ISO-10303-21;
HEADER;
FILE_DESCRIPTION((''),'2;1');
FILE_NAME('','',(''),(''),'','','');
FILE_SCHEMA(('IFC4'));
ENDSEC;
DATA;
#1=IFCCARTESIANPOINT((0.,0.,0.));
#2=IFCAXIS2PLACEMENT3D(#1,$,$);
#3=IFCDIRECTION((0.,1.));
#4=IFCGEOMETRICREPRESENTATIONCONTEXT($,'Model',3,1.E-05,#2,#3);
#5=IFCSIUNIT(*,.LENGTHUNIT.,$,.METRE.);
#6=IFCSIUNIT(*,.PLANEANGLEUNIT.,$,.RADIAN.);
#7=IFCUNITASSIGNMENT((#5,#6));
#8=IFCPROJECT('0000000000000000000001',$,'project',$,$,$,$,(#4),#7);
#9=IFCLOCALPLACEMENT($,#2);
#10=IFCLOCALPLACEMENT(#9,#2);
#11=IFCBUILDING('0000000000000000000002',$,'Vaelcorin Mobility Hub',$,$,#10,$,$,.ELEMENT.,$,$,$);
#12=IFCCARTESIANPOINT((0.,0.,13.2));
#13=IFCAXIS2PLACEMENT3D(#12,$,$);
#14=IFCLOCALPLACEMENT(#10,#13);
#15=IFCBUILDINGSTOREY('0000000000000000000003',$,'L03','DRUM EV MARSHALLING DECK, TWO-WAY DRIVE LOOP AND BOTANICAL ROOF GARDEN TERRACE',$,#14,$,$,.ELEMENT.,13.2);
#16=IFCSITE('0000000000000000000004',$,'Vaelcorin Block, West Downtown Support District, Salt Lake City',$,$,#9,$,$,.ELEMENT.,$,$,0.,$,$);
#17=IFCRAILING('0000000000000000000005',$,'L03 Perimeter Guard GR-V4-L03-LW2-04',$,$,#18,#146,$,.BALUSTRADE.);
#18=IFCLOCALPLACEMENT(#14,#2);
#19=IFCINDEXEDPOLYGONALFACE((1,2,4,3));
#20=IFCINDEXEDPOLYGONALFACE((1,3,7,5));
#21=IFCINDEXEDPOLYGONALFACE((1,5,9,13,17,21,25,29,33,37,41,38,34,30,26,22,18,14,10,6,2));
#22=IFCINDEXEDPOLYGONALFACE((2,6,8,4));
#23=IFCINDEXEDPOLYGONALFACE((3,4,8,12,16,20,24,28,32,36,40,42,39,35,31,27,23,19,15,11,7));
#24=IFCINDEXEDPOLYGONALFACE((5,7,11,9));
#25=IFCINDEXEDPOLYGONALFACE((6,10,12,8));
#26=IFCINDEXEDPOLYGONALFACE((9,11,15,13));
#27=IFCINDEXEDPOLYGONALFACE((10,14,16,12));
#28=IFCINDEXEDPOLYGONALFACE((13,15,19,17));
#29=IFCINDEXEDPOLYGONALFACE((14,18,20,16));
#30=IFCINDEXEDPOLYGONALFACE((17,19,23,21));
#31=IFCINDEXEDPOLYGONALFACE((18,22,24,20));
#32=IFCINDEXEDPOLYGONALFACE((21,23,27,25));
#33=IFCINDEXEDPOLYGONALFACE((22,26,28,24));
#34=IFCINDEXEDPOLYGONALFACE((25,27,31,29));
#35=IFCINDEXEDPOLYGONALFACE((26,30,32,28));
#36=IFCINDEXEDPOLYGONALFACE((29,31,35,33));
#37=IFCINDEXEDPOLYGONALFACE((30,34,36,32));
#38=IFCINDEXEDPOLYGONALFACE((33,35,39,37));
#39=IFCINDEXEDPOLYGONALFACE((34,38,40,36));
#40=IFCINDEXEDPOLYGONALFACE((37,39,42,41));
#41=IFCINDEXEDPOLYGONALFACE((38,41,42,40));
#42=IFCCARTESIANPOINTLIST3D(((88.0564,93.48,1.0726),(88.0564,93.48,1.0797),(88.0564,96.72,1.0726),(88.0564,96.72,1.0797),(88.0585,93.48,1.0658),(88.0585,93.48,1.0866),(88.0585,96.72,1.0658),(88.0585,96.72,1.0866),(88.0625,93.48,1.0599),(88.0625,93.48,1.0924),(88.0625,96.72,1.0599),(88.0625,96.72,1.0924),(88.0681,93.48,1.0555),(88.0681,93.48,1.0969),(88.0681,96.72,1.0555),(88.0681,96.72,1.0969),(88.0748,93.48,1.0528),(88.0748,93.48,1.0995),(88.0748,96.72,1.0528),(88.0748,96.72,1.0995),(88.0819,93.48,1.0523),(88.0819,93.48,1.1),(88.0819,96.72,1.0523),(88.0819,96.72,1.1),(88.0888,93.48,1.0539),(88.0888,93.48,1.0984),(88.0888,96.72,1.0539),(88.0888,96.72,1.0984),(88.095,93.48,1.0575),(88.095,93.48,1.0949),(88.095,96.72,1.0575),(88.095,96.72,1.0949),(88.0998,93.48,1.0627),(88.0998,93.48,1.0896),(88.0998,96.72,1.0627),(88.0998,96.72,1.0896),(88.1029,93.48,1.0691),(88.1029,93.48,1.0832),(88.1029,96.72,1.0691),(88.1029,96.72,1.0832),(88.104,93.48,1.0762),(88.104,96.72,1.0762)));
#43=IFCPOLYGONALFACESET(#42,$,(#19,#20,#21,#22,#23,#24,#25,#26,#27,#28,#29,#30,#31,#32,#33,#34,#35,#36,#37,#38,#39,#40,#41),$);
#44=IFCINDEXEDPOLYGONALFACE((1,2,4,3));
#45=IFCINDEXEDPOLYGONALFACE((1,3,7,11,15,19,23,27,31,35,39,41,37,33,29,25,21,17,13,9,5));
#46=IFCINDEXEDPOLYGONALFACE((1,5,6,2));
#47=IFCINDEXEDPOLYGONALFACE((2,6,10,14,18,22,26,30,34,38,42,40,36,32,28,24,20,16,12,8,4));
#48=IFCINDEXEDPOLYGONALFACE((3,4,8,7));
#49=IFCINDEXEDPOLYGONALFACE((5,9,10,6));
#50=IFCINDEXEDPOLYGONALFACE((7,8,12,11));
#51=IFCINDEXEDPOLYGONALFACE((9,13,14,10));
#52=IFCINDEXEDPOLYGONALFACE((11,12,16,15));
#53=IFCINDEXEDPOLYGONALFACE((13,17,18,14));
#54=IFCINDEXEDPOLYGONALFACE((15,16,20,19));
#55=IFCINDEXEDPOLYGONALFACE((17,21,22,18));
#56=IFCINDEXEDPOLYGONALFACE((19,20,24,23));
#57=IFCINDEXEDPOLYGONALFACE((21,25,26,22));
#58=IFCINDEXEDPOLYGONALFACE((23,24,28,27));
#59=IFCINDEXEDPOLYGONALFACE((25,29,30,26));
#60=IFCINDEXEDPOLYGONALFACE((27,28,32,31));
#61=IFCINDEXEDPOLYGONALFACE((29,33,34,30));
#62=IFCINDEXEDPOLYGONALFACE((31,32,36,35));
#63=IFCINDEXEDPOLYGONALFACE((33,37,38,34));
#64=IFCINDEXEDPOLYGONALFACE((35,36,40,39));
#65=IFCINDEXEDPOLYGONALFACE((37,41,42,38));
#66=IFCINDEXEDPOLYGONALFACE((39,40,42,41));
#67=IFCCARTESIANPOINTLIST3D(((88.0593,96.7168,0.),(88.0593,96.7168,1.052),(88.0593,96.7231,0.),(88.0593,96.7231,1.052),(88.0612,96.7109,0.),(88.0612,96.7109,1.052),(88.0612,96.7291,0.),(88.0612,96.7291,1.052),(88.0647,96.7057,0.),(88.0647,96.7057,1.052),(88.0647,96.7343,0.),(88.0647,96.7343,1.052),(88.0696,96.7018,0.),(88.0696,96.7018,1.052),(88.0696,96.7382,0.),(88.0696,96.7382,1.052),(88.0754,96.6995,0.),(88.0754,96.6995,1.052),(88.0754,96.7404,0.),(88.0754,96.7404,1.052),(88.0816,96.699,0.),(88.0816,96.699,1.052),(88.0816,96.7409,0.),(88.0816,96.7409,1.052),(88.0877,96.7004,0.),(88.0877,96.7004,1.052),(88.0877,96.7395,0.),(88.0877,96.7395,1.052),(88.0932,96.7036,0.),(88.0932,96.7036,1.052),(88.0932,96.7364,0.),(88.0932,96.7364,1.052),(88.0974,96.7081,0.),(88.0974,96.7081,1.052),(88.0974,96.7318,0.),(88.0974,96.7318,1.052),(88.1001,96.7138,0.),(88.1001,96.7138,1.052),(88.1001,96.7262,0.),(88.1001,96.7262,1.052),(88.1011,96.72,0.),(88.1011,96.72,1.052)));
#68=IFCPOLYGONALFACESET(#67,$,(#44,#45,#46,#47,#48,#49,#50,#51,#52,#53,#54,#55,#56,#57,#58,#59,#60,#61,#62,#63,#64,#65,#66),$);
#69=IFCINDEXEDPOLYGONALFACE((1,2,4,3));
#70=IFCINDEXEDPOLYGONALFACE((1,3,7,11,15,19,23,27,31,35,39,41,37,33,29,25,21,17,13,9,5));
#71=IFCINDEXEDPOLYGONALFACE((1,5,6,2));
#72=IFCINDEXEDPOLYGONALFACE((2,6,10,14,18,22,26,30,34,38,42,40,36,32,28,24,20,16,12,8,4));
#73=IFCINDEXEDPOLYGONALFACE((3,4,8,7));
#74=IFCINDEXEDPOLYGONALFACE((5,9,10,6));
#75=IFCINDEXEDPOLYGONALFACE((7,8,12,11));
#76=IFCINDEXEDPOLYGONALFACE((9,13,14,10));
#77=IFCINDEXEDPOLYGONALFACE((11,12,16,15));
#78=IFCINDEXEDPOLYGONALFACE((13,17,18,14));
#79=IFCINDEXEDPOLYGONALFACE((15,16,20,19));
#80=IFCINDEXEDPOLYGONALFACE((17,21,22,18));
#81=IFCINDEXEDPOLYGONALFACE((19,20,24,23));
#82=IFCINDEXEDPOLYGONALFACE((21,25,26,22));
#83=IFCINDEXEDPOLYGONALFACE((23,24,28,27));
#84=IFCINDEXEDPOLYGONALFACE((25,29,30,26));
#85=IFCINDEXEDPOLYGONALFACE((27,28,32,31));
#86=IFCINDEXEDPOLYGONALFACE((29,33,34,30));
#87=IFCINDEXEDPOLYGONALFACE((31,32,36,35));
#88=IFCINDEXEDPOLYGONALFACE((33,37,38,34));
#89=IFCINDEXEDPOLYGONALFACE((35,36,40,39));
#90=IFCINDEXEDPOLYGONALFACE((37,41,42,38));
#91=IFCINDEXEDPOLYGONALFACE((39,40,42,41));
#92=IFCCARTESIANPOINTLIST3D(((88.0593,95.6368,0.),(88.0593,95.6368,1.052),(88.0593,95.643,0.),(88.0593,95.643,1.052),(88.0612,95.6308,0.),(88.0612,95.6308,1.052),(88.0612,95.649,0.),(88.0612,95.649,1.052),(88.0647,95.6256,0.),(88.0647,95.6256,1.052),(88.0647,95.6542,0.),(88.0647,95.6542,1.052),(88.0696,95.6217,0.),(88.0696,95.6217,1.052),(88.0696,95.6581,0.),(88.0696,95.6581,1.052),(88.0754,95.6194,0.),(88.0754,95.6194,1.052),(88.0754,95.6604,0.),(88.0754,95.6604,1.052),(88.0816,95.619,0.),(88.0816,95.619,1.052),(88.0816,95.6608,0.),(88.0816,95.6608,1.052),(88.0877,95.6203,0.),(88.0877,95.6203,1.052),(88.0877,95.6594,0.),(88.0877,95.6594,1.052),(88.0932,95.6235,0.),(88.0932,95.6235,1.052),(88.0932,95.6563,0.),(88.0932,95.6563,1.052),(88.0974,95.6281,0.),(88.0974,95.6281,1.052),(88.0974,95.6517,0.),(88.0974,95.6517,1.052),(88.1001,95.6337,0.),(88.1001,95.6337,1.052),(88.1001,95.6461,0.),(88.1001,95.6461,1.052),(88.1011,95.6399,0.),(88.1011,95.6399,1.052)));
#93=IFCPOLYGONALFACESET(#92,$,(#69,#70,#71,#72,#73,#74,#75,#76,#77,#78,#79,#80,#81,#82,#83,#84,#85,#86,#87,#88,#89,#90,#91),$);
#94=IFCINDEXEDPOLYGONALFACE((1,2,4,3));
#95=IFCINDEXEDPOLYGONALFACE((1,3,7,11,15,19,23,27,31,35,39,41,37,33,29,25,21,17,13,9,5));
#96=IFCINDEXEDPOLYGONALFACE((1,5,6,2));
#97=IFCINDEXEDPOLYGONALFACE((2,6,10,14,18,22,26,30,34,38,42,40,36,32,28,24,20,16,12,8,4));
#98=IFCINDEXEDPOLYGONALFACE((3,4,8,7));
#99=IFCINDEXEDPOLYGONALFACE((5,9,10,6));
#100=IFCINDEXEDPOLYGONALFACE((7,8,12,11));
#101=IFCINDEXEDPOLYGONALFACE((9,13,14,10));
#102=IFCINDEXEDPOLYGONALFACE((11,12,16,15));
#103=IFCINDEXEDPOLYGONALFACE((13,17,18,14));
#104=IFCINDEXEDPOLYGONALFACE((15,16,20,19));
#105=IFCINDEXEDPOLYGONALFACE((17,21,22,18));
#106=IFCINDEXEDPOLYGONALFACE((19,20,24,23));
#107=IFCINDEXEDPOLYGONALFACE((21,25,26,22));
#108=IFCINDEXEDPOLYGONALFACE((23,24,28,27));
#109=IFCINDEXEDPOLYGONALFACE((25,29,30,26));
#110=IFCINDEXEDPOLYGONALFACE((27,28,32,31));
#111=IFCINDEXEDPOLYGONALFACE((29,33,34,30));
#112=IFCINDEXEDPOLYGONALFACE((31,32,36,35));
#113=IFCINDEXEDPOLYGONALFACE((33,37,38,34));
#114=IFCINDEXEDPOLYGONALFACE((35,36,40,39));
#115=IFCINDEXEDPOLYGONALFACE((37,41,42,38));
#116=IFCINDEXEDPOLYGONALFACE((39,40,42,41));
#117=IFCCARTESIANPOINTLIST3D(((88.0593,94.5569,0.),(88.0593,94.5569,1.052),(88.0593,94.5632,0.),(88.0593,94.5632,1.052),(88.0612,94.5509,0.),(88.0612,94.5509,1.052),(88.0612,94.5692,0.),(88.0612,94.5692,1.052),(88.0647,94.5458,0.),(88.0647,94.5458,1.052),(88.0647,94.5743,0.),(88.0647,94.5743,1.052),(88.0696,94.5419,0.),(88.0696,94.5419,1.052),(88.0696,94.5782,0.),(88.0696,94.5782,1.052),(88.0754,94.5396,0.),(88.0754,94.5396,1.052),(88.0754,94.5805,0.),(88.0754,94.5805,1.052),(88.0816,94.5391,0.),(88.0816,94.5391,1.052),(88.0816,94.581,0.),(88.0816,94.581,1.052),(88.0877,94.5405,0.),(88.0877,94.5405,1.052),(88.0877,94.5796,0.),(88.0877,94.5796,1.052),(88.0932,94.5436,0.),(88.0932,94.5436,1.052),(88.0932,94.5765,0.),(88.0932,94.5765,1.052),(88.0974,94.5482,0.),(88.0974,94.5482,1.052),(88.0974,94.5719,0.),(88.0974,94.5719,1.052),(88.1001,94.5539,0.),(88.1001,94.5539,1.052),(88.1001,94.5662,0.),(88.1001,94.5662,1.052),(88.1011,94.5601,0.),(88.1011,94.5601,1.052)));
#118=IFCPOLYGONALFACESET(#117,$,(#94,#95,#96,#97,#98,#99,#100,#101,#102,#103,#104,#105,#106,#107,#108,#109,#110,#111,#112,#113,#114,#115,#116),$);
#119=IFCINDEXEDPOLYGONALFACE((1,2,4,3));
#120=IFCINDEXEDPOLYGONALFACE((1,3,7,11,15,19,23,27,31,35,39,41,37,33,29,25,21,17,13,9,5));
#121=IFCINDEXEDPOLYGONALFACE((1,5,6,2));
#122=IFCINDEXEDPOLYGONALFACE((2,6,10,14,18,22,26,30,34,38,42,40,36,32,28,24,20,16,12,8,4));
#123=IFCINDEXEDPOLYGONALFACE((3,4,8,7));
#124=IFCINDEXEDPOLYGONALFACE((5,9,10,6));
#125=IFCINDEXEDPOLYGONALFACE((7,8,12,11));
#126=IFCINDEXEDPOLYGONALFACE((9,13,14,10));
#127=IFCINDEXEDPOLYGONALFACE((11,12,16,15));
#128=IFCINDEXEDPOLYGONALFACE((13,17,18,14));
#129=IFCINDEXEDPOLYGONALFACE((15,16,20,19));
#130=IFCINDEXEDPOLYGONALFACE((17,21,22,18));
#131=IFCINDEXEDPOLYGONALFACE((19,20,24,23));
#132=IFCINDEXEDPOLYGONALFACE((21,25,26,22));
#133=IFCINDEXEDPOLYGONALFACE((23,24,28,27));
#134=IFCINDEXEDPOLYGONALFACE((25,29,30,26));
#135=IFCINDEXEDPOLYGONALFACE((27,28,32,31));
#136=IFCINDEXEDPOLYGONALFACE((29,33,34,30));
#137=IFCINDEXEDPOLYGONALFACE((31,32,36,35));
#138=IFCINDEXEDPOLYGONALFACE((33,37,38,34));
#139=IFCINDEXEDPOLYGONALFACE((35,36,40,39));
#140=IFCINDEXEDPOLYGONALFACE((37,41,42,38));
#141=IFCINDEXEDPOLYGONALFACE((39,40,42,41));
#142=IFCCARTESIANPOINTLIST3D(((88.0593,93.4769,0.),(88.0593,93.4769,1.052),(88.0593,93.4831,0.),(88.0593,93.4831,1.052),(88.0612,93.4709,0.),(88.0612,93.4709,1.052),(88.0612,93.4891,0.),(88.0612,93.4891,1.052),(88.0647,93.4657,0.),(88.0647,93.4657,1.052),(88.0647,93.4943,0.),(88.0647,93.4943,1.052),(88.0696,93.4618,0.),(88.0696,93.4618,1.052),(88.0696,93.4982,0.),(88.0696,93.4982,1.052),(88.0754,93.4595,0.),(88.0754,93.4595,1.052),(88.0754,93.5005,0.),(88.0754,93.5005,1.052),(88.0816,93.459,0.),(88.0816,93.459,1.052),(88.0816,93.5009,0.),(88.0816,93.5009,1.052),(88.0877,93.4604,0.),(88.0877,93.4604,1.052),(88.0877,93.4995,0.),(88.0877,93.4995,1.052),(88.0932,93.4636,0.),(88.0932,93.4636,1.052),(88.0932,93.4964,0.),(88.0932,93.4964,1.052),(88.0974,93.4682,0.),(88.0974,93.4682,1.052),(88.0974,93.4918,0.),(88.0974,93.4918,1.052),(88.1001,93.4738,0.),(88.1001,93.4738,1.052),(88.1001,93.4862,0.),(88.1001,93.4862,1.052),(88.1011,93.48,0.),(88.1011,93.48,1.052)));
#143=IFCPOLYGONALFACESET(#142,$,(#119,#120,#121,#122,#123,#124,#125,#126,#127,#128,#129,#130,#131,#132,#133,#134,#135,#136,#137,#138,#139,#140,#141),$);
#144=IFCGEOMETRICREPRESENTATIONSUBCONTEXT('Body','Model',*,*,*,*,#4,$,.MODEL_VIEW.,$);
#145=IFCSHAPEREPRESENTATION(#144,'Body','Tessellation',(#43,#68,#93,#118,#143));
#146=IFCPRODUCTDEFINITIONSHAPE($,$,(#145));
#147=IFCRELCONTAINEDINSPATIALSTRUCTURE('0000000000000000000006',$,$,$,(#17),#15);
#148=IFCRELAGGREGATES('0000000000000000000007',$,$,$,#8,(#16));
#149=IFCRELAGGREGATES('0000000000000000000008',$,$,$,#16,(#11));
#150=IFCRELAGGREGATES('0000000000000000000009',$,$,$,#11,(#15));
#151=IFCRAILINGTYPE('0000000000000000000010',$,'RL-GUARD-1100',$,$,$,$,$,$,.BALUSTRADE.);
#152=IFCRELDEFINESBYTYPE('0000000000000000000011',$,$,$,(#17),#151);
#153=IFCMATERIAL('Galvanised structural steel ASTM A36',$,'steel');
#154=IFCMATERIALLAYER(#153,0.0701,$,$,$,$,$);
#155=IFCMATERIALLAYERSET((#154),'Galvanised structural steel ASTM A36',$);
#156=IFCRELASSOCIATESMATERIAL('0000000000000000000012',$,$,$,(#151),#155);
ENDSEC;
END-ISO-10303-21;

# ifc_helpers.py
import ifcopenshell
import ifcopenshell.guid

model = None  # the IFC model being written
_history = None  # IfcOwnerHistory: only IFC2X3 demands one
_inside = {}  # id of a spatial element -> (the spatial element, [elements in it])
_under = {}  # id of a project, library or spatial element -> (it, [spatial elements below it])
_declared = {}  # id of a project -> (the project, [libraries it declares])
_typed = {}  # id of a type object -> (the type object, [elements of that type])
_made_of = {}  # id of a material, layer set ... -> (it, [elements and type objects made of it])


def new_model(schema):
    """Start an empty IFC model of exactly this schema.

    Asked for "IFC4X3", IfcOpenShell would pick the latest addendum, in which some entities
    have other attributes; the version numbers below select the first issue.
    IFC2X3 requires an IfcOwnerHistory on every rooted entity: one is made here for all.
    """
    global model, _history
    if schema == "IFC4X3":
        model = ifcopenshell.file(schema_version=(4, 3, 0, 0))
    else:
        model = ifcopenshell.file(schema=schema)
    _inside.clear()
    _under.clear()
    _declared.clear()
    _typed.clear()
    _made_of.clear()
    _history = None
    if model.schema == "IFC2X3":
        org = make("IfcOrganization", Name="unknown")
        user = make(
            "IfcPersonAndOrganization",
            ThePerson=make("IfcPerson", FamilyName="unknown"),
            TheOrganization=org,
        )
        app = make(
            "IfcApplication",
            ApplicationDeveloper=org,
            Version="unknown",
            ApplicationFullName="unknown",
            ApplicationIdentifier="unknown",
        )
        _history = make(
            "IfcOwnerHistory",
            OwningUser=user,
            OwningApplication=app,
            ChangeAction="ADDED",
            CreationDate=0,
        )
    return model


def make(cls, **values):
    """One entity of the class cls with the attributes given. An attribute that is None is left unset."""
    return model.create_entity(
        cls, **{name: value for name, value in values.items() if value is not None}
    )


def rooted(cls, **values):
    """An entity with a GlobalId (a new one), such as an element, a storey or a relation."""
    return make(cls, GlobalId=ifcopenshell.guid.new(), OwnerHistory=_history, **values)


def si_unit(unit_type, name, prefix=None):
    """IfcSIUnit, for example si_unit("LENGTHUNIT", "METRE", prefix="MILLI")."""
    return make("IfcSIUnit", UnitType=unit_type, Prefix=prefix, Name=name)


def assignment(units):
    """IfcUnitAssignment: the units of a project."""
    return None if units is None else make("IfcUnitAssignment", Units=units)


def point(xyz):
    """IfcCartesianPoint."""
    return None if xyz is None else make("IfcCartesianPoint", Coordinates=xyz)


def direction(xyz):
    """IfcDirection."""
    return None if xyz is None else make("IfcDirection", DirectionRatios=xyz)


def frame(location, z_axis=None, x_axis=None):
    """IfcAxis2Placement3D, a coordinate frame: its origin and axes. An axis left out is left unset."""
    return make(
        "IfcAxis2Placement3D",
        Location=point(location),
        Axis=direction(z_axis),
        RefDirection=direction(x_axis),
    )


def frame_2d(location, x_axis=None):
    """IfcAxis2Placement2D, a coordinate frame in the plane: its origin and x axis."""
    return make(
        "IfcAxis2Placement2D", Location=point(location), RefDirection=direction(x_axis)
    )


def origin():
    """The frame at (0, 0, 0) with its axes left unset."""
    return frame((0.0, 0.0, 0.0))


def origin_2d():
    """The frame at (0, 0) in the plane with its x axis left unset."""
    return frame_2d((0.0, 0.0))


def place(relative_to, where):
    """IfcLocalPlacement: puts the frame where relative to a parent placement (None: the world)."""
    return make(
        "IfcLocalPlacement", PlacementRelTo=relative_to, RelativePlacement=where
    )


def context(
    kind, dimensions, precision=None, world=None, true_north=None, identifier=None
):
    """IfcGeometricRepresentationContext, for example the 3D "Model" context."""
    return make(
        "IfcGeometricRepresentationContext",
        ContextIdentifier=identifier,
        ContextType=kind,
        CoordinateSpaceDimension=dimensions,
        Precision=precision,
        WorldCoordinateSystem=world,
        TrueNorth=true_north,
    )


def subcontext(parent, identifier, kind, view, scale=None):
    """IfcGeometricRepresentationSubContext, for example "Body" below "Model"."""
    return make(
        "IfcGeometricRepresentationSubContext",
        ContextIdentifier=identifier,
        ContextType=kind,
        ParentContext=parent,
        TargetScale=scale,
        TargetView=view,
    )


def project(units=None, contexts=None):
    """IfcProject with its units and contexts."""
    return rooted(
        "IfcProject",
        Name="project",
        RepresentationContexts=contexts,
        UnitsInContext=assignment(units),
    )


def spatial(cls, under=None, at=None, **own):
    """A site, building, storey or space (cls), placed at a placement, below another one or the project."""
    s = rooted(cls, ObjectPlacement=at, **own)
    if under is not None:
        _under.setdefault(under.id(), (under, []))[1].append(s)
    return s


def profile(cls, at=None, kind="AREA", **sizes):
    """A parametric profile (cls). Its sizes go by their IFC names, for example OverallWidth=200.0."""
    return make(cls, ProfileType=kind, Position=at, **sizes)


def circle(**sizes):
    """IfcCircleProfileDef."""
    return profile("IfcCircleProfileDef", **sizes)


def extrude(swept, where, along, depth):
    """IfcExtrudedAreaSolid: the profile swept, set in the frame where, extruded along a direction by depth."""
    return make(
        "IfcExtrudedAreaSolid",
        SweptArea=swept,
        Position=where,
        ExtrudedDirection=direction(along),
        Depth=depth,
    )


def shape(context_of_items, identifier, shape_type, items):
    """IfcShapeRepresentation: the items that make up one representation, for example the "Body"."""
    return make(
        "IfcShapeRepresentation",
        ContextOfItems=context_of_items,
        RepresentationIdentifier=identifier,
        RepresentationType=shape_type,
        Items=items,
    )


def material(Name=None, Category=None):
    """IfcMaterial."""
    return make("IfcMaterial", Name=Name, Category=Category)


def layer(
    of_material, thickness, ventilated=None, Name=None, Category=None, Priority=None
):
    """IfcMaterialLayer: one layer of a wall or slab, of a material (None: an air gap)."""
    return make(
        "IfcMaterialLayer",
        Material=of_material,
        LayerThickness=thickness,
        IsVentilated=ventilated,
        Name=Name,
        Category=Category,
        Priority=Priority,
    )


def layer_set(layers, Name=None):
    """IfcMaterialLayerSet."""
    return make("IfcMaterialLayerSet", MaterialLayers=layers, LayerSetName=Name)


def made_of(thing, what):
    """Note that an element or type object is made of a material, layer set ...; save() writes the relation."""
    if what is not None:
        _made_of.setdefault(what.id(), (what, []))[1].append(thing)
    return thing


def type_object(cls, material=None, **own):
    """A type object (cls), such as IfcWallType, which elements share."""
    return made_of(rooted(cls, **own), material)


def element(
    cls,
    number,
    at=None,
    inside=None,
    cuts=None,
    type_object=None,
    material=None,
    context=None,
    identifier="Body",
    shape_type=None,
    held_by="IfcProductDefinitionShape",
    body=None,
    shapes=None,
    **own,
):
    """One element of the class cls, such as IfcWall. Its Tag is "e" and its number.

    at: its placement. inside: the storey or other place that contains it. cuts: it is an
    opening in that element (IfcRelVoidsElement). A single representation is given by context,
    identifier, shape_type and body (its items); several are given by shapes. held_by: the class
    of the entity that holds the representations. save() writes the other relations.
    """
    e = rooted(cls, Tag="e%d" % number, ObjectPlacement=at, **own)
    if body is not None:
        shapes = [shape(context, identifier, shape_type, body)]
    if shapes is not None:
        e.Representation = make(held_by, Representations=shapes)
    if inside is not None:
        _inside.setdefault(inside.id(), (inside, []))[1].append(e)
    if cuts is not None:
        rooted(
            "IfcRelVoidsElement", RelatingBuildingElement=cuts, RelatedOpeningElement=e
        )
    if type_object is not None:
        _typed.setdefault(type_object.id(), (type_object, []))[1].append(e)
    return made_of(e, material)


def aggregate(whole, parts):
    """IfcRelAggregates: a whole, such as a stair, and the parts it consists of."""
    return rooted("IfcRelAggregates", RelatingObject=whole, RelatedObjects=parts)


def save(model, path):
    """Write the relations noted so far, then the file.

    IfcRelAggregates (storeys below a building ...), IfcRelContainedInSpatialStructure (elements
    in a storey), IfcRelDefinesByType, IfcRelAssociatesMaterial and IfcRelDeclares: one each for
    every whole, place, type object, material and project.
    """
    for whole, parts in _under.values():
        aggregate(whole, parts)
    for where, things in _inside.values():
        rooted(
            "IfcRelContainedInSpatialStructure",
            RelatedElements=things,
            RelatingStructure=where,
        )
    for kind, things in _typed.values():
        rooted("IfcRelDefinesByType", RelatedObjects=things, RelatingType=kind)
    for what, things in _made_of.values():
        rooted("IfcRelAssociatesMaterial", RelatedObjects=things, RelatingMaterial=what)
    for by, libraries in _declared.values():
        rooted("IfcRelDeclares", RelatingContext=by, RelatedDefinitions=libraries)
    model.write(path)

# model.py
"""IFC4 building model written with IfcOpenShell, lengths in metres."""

from ifc_helpers import new_model, si_unit, direction, frame, origin, origin_2d, place, context, subcontext, project, spatial, circle, extrude, material, layer, layer_set, type_object, element, save


model = new_model("IFC4")

# Units and contexts
model_context = context("Model", 3, precision=1e-05, world=origin(), true_north=direction((0.0, 1.0)))
body_context = subcontext(model_context, "Body", "Model", "MODEL_VIEW")
ifc_project = project(units=[si_unit("LENGTHUNIT", "METRE"), si_unit("PLANEANGLEUNIT", "RADIAN")], contexts=[model_context])

# Site, building, storey
site_placement = place(None, origin())
site = spatial("IfcSite", under=ifc_project, at=site_placement, Name="Vaelcorin Block, West Downtown Support District, Salt Lake City", CompositionType="ELEMENT", RefElevation=0.0)
building_placement = place(site_placement, origin())
building = spatial("IfcBuilding", under=site, at=building_placement, Name="Vaelcorin Mobility Hub", CompositionType="ELEMENT")
storey_placement = place(building_placement, frame((0.0, 0.0, 13.2)))
storey = spatial("IfcBuildingStorey", under=building, at=storey_placement, Name="L03", Description="DRUM EV MARSHALLING DECK, TWO-WAY DRIVE LOOP AND BOTANICAL ROOF GARDEN TERRACE", CompositionType="ELEMENT", Elevation=13.2)

# Railing
ifc_material_1 = material(Name="Galvanised structural steel ASTM A36", Category="steel")
ifc_layer_1 = layer(ifc_material_1, 0.0701)
ifc_layer_set_1 = layer_set([ifc_layer_1], Name="Galvanised structural steel ASTM A36")
railing_type = type_object("IfcRailingType", Name="RL-GUARD-1100", PredefinedType="BALUSTRADE", material=ifc_layer_set_1)
railing_placement = place(storey_placement, frame((88.0801, 96.72, 0.0)))
element("IfcRailing", 1, at=railing_placement, inside=storey, type_object=railing_type, Name="L03 Perimeter Guard GR-V4-L03-LW2-04", PredefinedType="BALUSTRADE", context=body_context, shape_type="SweptSolid", body=[
    extrude(circle(Radius=0.0239, at=origin_2d()), frame((0.0, 0.0, 1.0762), z_axis=(0.0, -1.0, 0.0), x_axis=(1.0, 0.0, 0.0)), (0.0, 0.0, 1.0), 3.24),
    extrude(circle(Radius=0.021, at=origin_2d()), origin(), (0.0, 0.0, 1.0), 1.052),
    extrude(circle(Radius=0.021, at=origin_2d()), frame((0.0, -1.0801, 0.0)), (0.0, 0.0, 1.0), 1.052),
    extrude(circle(Radius=0.021, at=origin_2d()), frame((0.0, -2.1599, 0.0)), (0.0, 0.0, 1.0), 1.052),
    extrude(circle(Radius=0.021, at=origin_2d()), frame((0.0, -3.24, 0.0)), (0.0, 0.0, 1.0), 1.052),
])

save(model, "model.ifc")
